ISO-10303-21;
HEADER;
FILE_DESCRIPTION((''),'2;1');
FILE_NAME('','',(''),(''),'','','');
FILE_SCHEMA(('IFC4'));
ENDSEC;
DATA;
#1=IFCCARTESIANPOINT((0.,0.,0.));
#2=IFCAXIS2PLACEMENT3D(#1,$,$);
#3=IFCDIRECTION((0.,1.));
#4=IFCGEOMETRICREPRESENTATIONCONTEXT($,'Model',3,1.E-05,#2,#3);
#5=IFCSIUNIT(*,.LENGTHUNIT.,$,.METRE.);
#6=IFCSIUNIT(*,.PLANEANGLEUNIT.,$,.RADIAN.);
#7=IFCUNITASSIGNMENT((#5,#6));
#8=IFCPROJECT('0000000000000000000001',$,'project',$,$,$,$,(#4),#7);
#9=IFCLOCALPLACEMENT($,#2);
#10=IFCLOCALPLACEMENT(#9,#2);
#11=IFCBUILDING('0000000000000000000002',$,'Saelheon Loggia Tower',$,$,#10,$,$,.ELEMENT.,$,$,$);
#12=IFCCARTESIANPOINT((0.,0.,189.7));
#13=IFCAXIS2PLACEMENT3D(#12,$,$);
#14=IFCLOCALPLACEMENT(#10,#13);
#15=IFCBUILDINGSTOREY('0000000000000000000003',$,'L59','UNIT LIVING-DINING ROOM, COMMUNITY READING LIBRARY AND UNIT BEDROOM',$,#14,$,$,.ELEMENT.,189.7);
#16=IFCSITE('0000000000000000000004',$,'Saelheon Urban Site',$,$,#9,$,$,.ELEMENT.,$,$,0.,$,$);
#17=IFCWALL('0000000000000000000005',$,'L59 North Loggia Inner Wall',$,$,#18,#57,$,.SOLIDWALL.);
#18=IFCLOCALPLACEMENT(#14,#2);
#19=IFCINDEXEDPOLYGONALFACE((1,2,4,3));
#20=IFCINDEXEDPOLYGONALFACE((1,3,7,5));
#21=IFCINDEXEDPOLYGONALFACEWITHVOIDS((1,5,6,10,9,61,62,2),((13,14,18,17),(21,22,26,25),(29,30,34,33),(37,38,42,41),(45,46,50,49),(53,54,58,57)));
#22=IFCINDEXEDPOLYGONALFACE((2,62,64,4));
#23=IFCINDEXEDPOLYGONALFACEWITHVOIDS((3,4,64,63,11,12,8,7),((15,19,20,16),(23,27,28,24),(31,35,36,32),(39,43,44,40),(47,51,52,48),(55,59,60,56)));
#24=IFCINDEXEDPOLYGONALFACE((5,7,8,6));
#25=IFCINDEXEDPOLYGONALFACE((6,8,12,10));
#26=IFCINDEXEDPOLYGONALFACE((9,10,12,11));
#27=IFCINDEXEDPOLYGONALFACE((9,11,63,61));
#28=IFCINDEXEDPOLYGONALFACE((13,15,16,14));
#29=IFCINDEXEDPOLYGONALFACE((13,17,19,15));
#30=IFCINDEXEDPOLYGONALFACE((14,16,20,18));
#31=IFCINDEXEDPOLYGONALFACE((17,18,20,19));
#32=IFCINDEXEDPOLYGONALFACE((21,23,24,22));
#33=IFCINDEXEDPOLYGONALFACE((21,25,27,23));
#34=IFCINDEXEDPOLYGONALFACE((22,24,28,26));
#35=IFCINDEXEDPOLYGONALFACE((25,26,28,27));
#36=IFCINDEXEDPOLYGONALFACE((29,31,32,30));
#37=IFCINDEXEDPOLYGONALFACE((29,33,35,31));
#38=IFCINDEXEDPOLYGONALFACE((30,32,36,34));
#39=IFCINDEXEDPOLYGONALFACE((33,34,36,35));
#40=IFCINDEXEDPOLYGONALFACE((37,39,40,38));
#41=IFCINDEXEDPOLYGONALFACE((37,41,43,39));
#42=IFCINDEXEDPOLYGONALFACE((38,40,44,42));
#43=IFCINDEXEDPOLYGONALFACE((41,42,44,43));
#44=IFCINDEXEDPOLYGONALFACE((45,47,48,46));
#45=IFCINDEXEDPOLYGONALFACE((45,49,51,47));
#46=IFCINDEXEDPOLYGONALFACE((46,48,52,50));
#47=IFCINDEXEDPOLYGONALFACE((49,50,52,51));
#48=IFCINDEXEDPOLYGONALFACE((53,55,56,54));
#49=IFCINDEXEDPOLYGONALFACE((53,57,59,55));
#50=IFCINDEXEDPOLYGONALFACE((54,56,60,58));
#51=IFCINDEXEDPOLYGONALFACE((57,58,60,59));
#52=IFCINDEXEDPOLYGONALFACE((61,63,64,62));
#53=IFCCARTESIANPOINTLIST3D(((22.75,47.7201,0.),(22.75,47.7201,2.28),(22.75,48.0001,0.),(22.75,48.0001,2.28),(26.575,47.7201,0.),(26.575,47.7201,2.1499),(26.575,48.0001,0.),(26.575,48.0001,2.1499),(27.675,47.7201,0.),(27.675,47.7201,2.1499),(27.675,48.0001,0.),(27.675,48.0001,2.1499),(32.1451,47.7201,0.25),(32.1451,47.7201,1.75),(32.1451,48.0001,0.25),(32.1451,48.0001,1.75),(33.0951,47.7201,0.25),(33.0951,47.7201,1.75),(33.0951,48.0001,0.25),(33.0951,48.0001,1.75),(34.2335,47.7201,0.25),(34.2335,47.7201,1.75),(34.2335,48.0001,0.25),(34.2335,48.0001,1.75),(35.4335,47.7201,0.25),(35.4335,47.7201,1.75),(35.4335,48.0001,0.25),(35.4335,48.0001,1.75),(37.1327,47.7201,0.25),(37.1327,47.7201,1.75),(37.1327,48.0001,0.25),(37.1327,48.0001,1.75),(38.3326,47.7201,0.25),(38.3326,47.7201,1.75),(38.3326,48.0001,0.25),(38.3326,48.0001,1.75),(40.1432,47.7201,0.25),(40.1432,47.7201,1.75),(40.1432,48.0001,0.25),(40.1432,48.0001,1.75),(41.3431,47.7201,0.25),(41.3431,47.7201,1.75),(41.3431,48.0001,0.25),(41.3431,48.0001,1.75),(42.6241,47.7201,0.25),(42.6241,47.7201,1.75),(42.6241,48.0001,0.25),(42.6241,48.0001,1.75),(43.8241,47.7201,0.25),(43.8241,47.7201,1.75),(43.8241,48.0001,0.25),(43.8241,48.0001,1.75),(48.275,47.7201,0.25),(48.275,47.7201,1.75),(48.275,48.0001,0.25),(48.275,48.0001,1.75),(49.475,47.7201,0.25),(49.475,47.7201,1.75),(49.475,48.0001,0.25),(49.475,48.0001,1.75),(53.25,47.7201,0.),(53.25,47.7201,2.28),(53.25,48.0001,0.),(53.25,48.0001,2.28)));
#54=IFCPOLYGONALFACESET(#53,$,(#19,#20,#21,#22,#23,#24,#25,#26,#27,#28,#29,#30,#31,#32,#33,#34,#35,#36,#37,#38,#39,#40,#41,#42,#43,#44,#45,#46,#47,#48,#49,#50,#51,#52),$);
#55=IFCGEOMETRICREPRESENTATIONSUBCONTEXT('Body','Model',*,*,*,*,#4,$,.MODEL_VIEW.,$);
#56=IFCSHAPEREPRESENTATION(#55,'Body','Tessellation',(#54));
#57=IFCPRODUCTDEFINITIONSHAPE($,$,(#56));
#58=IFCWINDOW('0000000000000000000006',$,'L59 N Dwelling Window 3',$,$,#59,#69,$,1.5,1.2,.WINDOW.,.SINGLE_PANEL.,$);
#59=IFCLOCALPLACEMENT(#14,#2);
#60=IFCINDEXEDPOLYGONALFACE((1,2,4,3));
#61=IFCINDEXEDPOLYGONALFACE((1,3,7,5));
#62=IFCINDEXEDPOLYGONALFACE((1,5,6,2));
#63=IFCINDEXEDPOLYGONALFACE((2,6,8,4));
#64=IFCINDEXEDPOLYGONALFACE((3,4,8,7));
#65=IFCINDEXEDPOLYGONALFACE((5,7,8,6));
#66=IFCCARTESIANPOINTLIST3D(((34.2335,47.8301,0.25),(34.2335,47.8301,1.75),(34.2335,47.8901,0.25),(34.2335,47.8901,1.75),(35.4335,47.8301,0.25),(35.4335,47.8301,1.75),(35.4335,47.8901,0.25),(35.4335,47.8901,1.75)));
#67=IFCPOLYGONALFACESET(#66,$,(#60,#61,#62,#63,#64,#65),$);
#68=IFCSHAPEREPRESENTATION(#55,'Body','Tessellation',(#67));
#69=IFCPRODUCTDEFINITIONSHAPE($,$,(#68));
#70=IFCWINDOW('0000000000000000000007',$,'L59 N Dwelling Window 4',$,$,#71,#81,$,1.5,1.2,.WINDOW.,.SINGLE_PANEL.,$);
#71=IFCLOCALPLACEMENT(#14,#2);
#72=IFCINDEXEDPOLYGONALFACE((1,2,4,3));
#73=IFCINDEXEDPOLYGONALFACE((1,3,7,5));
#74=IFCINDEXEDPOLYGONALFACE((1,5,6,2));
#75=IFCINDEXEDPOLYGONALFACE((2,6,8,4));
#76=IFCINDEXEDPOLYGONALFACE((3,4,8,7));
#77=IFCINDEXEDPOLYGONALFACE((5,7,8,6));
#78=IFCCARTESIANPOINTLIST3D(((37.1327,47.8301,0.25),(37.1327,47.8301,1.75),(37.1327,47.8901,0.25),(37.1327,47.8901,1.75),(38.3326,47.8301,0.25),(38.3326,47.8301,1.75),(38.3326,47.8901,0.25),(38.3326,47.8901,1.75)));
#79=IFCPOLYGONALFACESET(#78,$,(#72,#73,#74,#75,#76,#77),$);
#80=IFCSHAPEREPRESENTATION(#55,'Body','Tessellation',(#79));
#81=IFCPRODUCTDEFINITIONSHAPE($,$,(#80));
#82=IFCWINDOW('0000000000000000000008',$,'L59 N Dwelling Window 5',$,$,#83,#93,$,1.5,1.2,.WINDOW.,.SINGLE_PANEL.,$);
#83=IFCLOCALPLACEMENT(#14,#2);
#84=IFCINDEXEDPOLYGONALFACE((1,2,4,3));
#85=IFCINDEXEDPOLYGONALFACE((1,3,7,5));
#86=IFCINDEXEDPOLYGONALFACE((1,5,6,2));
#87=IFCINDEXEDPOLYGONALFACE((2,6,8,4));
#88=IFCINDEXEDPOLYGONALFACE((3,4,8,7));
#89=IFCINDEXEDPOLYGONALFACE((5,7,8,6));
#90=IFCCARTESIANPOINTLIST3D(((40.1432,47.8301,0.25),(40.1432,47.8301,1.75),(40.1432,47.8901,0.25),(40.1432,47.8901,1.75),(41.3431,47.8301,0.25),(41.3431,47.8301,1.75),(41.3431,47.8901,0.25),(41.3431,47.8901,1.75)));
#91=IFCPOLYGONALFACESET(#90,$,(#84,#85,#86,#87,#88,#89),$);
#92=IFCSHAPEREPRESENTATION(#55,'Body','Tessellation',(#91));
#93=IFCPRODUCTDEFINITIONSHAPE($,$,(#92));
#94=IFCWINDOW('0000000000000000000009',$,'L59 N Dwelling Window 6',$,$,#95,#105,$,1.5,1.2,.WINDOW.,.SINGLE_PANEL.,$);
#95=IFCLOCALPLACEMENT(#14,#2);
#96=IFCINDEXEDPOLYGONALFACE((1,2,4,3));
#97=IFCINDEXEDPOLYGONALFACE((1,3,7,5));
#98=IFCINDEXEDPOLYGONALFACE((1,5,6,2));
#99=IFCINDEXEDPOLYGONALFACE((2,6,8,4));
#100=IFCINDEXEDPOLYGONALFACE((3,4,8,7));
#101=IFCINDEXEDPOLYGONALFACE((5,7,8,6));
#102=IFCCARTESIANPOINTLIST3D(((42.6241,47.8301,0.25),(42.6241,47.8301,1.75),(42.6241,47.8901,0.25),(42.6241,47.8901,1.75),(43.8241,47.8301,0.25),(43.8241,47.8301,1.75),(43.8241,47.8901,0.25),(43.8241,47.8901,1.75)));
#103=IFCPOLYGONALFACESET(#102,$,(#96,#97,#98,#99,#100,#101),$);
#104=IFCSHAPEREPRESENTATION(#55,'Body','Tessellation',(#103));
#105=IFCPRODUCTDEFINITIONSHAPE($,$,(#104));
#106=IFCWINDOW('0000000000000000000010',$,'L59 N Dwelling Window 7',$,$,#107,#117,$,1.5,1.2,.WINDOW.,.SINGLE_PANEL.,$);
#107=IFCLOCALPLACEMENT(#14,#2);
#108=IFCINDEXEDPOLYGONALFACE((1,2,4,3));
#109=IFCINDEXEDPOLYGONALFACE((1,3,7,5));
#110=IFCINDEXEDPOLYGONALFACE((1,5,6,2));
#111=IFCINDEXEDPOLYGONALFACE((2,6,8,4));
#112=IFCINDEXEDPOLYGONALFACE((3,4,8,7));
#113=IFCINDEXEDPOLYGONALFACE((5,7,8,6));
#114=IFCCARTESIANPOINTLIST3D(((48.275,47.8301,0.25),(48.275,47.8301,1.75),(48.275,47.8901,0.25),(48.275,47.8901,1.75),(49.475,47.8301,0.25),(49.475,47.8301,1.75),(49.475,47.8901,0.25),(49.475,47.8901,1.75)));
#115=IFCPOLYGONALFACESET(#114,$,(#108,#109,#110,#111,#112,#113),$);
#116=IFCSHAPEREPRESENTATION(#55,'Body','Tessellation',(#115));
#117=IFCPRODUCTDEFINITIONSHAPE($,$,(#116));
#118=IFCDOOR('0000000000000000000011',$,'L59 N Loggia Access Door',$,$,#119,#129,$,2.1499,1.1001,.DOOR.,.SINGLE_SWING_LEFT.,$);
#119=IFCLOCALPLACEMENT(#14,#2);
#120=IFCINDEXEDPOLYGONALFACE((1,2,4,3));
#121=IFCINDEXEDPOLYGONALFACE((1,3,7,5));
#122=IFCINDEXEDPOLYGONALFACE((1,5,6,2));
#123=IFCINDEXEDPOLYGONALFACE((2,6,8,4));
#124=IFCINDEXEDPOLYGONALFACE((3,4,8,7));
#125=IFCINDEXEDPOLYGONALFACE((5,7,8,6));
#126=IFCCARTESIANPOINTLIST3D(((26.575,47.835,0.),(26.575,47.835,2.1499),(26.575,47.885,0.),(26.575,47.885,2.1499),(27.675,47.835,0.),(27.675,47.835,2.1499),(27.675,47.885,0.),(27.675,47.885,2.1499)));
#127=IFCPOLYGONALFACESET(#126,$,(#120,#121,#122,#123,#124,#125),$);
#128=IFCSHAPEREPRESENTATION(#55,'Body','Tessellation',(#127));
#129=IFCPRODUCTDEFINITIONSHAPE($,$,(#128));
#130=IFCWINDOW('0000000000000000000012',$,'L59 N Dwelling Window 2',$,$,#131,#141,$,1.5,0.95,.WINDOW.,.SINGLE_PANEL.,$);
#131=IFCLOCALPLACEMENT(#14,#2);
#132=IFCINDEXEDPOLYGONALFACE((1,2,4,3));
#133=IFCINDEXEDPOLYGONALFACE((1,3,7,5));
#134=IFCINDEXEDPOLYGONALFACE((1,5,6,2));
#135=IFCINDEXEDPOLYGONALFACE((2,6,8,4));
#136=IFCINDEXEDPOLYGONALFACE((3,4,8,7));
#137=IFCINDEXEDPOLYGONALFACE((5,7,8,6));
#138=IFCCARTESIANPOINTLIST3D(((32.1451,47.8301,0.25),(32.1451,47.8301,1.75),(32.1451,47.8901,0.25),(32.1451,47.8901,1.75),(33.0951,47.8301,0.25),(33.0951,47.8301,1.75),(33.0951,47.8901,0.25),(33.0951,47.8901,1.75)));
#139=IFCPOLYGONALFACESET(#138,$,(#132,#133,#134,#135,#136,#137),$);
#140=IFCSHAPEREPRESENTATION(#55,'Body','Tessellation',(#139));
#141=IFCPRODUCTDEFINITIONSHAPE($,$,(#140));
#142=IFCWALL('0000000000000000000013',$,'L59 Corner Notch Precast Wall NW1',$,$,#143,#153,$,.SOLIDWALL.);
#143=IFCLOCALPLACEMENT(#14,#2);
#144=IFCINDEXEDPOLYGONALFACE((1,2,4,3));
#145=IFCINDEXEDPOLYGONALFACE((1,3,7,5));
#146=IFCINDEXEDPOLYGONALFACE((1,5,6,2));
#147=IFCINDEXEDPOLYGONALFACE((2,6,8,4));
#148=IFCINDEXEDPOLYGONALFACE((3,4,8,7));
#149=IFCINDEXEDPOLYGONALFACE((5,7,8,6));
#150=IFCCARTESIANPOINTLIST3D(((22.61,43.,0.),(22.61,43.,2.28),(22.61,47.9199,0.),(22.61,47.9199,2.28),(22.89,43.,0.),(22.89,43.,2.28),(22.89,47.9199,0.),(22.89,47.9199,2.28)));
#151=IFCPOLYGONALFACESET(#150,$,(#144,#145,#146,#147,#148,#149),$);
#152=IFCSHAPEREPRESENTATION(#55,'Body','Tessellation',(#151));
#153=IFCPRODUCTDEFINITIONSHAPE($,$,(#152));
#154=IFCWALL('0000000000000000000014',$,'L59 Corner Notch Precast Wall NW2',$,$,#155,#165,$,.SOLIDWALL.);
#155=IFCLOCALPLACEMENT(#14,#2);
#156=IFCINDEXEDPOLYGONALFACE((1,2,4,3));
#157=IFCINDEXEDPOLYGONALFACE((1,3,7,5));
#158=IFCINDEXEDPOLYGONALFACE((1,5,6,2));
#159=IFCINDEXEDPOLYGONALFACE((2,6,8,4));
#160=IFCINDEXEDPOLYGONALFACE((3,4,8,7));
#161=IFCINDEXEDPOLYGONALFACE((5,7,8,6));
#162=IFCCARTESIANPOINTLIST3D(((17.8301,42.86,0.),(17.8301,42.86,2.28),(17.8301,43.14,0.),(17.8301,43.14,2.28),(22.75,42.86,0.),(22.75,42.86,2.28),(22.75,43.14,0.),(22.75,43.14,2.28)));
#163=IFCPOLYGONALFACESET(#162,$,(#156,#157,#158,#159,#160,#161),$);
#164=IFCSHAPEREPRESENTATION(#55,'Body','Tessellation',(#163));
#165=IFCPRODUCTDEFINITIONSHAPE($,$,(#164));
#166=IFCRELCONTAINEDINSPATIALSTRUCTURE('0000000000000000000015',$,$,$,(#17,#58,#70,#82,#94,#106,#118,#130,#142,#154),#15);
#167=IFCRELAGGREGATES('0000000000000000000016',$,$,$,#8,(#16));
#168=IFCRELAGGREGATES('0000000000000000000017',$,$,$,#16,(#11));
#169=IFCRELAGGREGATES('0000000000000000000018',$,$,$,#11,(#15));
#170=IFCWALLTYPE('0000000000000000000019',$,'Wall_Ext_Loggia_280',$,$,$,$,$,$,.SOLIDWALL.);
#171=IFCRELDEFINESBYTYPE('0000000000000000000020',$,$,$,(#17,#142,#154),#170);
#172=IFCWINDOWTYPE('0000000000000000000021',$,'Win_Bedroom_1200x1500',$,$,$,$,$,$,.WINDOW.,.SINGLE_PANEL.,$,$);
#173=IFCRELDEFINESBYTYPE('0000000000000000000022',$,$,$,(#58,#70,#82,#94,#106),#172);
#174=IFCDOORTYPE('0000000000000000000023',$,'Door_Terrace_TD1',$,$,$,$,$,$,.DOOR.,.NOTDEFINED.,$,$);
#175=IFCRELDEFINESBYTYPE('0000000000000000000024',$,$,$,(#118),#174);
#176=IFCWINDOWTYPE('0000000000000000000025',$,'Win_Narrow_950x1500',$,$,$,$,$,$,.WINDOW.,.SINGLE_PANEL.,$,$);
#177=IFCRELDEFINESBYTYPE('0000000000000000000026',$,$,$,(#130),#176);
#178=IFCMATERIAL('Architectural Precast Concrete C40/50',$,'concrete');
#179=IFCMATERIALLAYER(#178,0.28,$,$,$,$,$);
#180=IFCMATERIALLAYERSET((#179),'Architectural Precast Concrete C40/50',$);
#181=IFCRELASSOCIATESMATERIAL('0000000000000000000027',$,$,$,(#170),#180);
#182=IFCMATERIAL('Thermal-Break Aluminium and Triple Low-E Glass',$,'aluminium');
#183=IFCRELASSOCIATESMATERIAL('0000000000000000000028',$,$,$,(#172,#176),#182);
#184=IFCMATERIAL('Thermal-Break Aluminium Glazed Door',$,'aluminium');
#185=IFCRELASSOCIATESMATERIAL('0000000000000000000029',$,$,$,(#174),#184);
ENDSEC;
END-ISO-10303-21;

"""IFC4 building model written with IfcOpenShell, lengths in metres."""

from ifc_helpers import new_model, si_unit, direction, frame, frame_2d, origin, place, context, subcontext, project, spatial, rectangle, extrude, source, transform, mapped, material, layer, layer_set, type_object, element, fill, save


model = new_model("IFC4")

# Units and contexts
model_context = context("Model", 3, precision=1e-05, world=origin(), true_north=direction((0.0, 1.0)))
body_context = subcontext(model_context, "Body", "Model", "MODEL_VIEW")
ifc_project = project(units=[si_unit("LENGTHUNIT", "METRE"), si_unit("PLANEANGLEUNIT", "RADIAN")], contexts=[model_context])

# Site, building, storey
site_placement = place(None, origin())
site = spatial("IfcSite", under=ifc_project, at=site_placement, Name="Saelheon Urban Site", CompositionType="ELEMENT", RefElevation=0.0)
building_placement = place(site_placement, origin())
building = spatial("IfcBuilding", under=site, at=building_placement, Name="Saelheon Loggia Tower", CompositionType="ELEMENT")
storey_placement = place(building_placement, frame((0.0, 0.0, 189.7)))
storey = spatial("IfcBuildingStorey", under=building, at=storey_placement, Name="L59", Description="UNIT LIVING-DINING ROOM, COMMUNITY READING LIBRARY AND UNIT BEDROOM", CompositionType="ELEMENT", Elevation=189.7)

# Wall, openings, windows, door
ifc_material_1 = material(Name="Architectural Precast Concrete C40/50", Category="concrete")
ifc_layer_1 = layer(ifc_material_1, 0.28)
ifc_layer_set_1 = layer_set([ifc_layer_1], Name="Architectural Precast Concrete C40/50")
wall_type_1 = type_object("IfcWallType", Name="Wall_Ext_Loggia_280", PredefinedType="SOLIDWALL", material=ifc_layer_set_1)
wall_1_placement = place(storey_placement, frame((22.75, 47.8601, 0.0), z_axis=(0.0, 0.0, 1.0), x_axis=(1.0, 0.0, 0.0)))
wall_1 = element("IfcWall", 1, at=wall_1_placement, inside=storey, type_object=wall_type_1, Name="L59 North Loggia Inner Wall", PredefinedType="SOLIDWALL", context=body_context, shape_type="SweptSolid", body=[
    extrude(rectangle(XDim=30.5, YDim=0.28, at=frame_2d((15.25, 0.0))), origin(), (0.0, 0.0, 1.0), 2.28),
])
opening_1_placement = place(wall_1_placement, frame((3.825, 0.0, 0.0)))
opening_1 = element("IfcOpeningElement", 2, at=opening_1_placement, cuts=wall_1, PredefinedType="OPENING", context=body_context, shape_type="SweptSolid", body=[
    extrude(rectangle(XDim=1.1001, YDim=2.1499, at=frame_2d((0.55, 1.075))), frame((0.0, 0.1521, 0.0), z_axis=(0.0, -1.0, 0.0), x_axis=(1.0, 0.0, 0.0)), (0.0, 0.0, 1.0), 0.304),
])
opening_2_placement = place(wall_1_placement, frame((9.395, 0.0, 0.25)))
opening_2 = element("IfcOpeningElement", 3, at=opening_2_placement, cuts=wall_1, PredefinedType="OPENING", context=body_context, shape_type="SweptSolid", body=[
    extrude(rectangle(XDim=0.95, YDim=1.5, at=frame_2d((0.4751, 0.75))), frame((0.0, 0.1521, 0.0), z_axis=(0.0, -1.0, 0.0), x_axis=(1.0, 0.0, 0.0)), (0.0, 0.0, 1.0), 0.304),
])
opening_3_placement = place(wall_1_placement, frame((11.4834, 0.0, 0.25)))
opening_3 = element("IfcOpeningElement", 4, at=opening_3_placement, cuts=wall_1, PredefinedType="OPENING", context=body_context, shape_type="SweptSolid", body=[
    extrude(rectangle(XDim=1.2, YDim=1.5, at=frame_2d((0.6001, 0.75))), frame((0.0, 0.1521, 0.0), z_axis=(0.0, -1.0, 0.0), x_axis=(1.0, 0.0, 0.0)), (0.0, 0.0, 1.0), 0.304),
])
opening_4_placement = place(wall_1_placement, frame((14.3826, 0.0, 0.25)))
opening_4 = element("IfcOpeningElement", 5, at=opening_4_placement, cuts=wall_1, PredefinedType="OPENING", context=body_context, shape_type="SweptSolid", body=[
    extrude(rectangle(XDim=1.2, YDim=1.5, at=frame_2d((0.6001, 0.75))), frame((0.0, 0.1521, 0.0), z_axis=(0.0, -1.0, 0.0), x_axis=(1.0, 0.0, 0.0)), (0.0, 0.0, 1.0), 0.304),
])
opening_5_placement = place(wall_1_placement, frame((17.3931, 0.0, 0.25)))
opening_5 = element("IfcOpeningElement", 6, at=opening_5_placement, cuts=wall_1, PredefinedType="OPENING", context=body_context, shape_type="SweptSolid", body=[
    extrude(rectangle(XDim=1.2, YDim=1.5, at=frame_2d((0.6001, 0.75))), frame((0.0, 0.1521, 0.0), z_axis=(0.0, -1.0, 0.0), x_axis=(1.0, 0.0, 0.0)), (0.0, 0.0, 1.0), 0.304),
])
opening_6_placement = place(wall_1_placement, frame((19.874, 0.0, 0.25)))
opening_6 = element("IfcOpeningElement", 7, at=opening_6_placement, cuts=wall_1, PredefinedType="OPENING", context=body_context, shape_type="SweptSolid", body=[
    extrude(rectangle(XDim=1.2, YDim=1.5, at=frame_2d((0.6001, 0.75))), frame((0.0, 0.1521, 0.0), z_axis=(0.0, -1.0, 0.0), x_axis=(1.0, 0.0, 0.0)), (0.0, 0.0, 1.0), 0.304),
])
opening_7_placement = place(wall_1_placement, frame((25.5249, 0.0, 0.25)))
opening_7 = element("IfcOpeningElement", 8, at=opening_7_placement, cuts=wall_1, PredefinedType="OPENING", context=body_context, shape_type="SweptSolid", body=[
    extrude(rectangle(XDim=1.2, YDim=1.5, at=frame_2d((0.6001, 0.75))), frame((0.0, 0.1521, 0.0), z_axis=(0.0, -1.0, 0.0), x_axis=(1.0, 0.0, 0.0)), (0.0, 0.0, 1.0), 0.304),
])
ifc_material_2 = material(Name="Thermal-Break Aluminium and Triple Low-E Glass", Category="aluminium")
window_type_1 = type_object("IfcWindowType", Name="Win_Bedroom_1200x1500", PartitioningType="SINGLE_PANEL", PredefinedType="WINDOW", material=ifc_material_2)
shared_shape_1 = source(origin(), body_context, "Body", "SweptSolid", [
    extrude(rectangle(XDim=1.2, YDim=1.5, at=frame_2d((0.6001, 0.75))), frame((0.0, 0.03, 0.0), z_axis=(0.0, -1.0, 0.0), x_axis=(1.0, 0.0, 0.0)), (0.0, 0.0, 1.0), 0.0601),
])
window_1_placement = place(opening_3_placement, origin())
window_1 = element("IfcWindow", 9, at=window_1_placement, inside=storey, type_object=window_type_1, Name="L59 N Dwelling Window 3", OverallHeight=1.5, OverallWidth=1.2, PartitioningType="SINGLE_PANEL", PredefinedType="WINDOW", context=body_context, shape_type="MappedRepresentation", body=[
    mapped(shared_shape_1, transform((0.0, 0.0, 0.0), scale=1.0)),
])
fill(opening_3, window_1)
window_2_placement = place(opening_4_placement, origin())
window_2 = element("IfcWindow", 10, at=window_2_placement, inside=storey, type_object=window_type_1, Name="L59 N Dwelling Window 4", OverallHeight=1.5, OverallWidth=1.2, PartitioningType="SINGLE_PANEL", PredefinedType="WINDOW", context=body_context, shape_type="MappedRepresentation", body=[
    mapped(shared_shape_1, transform((0.0, 0.0, 0.0), scale=1.0)),
])
fill(opening_4, window_2)
window_3_placement = place(opening_5_placement, origin())
window_3 = element("IfcWindow", 11, at=window_3_placement, inside=storey, type_object=window_type_1, Name="L59 N Dwelling Window 5", OverallHeight=1.5, OverallWidth=1.2, PartitioningType="SINGLE_PANEL", PredefinedType="WINDOW", context=body_context, shape_type="MappedRepresentation", body=[
    mapped(shared_shape_1, transform((0.0, 0.0, 0.0), scale=1.0)),
])
fill(opening_5, window_3)
window_4_placement = place(opening_6_placement, origin())
window_4 = element("IfcWindow", 12, at=window_4_placement, inside=storey, type_object=window_type_1, Name="L59 N Dwelling Window 6", OverallHeight=1.5, OverallWidth=1.2, PartitioningType="SINGLE_PANEL", PredefinedType="WINDOW", context=body_context, shape_type="MappedRepresentation", body=[
    mapped(shared_shape_1, transform((0.0, 0.0, 0.0), scale=1.0)),
])
fill(opening_6, window_4)
window_5_placement = place(opening_7_placement, origin())
window_5 = element("IfcWindow", 13, at=window_5_placement, inside=storey, type_object=window_type_1, Name="L59 N Dwelling Window 7", OverallHeight=1.5, OverallWidth=1.2, PartitioningType="SINGLE_PANEL", PredefinedType="WINDOW", context=body_context, shape_type="MappedRepresentation", body=[
    mapped(shared_shape_1, transform((0.0, 0.0, 0.0), scale=1.0)),
])
fill(opening_7, window_5)
ifc_material_3 = material(Name="Thermal-Break Aluminium Glazed Door", Category="aluminium")
door_type_1 = type_object("IfcDoorType", Name="Door_Terrace_TD1", OperationType="NOTDEFINED", PredefinedType="DOOR", material=ifc_material_3)
shared_shape_2 = source(origin(), body_context, "Body", "SweptSolid", [
    extrude(rectangle(XDim=1.1001, YDim=2.1499, at=frame_2d((0.55, 1.075))), frame((0.0, 0.0249, 0.0), z_axis=(0.0, -1.0, 0.0), x_axis=(1.0, 0.0, 0.0)), (0.0, 0.0, 1.0), 0.05),
])
door_1_placement = place(opening_1_placement, origin())
door_1 = element("IfcDoor", 14, at=door_1_placement, inside=storey, type_object=door_type_1, Name="L59 N Loggia Access Door", OperationType="SINGLE_SWING_LEFT", OverallHeight=2.1499, OverallWidth=1.1001, PredefinedType="DOOR", context=body_context, shape_type="MappedRepresentation", body=[
    mapped(shared_shape_2, transform((0.0, 0.0, 0.0), scale=1.0)),
])
fill(opening_1, door_1)
window_type_2 = type_object("IfcWindowType", Name="Win_Narrow_950x1500", PartitioningType="SINGLE_PANEL", PredefinedType="WINDOW", material=ifc_material_2)
shared_shape_3 = source(origin(), body_context, "Body", "SweptSolid", [
    extrude(rectangle(XDim=0.95, YDim=1.5, at=frame_2d((0.4751, 0.75))), frame((0.0, 0.03, 0.0), z_axis=(0.0, -1.0, 0.0), x_axis=(1.0, 0.0, 0.0)), (0.0, 0.0, 1.0), 0.0601),
])
window_6_placement = place(opening_2_placement, origin())
window_6 = element("IfcWindow", 15, at=window_6_placement, inside=storey, type_object=window_type_2, Name="L59 N Dwelling Window 2", OverallHeight=1.5, OverallWidth=0.95, PartitioningType="SINGLE_PANEL", PredefinedType="WINDOW", context=body_context, shape_type="MappedRepresentation", body=[
    mapped(shared_shape_3, transform((0.0, 0.0, 0.0), scale=1.0)),
])
fill(opening_2, window_6)

# Walls
for number, where, z_axis, x_axis, name in (
    (16, (22.75, 43.0, 0.0), (0.0, 0.0, 1.0), (0.0, 1.0, 0.0), "L59 Corner Notch Precast Wall NW1"),
    (17, (17.8301, 43.0, 0.0), (0.0, 0.0, 1.0), (1.0, 0.0, 0.0), "L59 Corner Notch Precast Wall NW2"),
):
    element("IfcWall", number, at=place(storey_placement, frame(where, z_axis=z_axis, x_axis=x_axis)), inside=storey, type_object=wall_type_1, Name=name, PredefinedType="SOLIDWALL", context=body_context, shape_type="SweptSolid", body=[
        extrude(rectangle(XDim=4.9199, YDim=0.28, at=frame_2d((2.46, 0.0))), origin(), (0.0, 0.0, 1.0), 2.28),
    ])

save(model, "model.ifc")
